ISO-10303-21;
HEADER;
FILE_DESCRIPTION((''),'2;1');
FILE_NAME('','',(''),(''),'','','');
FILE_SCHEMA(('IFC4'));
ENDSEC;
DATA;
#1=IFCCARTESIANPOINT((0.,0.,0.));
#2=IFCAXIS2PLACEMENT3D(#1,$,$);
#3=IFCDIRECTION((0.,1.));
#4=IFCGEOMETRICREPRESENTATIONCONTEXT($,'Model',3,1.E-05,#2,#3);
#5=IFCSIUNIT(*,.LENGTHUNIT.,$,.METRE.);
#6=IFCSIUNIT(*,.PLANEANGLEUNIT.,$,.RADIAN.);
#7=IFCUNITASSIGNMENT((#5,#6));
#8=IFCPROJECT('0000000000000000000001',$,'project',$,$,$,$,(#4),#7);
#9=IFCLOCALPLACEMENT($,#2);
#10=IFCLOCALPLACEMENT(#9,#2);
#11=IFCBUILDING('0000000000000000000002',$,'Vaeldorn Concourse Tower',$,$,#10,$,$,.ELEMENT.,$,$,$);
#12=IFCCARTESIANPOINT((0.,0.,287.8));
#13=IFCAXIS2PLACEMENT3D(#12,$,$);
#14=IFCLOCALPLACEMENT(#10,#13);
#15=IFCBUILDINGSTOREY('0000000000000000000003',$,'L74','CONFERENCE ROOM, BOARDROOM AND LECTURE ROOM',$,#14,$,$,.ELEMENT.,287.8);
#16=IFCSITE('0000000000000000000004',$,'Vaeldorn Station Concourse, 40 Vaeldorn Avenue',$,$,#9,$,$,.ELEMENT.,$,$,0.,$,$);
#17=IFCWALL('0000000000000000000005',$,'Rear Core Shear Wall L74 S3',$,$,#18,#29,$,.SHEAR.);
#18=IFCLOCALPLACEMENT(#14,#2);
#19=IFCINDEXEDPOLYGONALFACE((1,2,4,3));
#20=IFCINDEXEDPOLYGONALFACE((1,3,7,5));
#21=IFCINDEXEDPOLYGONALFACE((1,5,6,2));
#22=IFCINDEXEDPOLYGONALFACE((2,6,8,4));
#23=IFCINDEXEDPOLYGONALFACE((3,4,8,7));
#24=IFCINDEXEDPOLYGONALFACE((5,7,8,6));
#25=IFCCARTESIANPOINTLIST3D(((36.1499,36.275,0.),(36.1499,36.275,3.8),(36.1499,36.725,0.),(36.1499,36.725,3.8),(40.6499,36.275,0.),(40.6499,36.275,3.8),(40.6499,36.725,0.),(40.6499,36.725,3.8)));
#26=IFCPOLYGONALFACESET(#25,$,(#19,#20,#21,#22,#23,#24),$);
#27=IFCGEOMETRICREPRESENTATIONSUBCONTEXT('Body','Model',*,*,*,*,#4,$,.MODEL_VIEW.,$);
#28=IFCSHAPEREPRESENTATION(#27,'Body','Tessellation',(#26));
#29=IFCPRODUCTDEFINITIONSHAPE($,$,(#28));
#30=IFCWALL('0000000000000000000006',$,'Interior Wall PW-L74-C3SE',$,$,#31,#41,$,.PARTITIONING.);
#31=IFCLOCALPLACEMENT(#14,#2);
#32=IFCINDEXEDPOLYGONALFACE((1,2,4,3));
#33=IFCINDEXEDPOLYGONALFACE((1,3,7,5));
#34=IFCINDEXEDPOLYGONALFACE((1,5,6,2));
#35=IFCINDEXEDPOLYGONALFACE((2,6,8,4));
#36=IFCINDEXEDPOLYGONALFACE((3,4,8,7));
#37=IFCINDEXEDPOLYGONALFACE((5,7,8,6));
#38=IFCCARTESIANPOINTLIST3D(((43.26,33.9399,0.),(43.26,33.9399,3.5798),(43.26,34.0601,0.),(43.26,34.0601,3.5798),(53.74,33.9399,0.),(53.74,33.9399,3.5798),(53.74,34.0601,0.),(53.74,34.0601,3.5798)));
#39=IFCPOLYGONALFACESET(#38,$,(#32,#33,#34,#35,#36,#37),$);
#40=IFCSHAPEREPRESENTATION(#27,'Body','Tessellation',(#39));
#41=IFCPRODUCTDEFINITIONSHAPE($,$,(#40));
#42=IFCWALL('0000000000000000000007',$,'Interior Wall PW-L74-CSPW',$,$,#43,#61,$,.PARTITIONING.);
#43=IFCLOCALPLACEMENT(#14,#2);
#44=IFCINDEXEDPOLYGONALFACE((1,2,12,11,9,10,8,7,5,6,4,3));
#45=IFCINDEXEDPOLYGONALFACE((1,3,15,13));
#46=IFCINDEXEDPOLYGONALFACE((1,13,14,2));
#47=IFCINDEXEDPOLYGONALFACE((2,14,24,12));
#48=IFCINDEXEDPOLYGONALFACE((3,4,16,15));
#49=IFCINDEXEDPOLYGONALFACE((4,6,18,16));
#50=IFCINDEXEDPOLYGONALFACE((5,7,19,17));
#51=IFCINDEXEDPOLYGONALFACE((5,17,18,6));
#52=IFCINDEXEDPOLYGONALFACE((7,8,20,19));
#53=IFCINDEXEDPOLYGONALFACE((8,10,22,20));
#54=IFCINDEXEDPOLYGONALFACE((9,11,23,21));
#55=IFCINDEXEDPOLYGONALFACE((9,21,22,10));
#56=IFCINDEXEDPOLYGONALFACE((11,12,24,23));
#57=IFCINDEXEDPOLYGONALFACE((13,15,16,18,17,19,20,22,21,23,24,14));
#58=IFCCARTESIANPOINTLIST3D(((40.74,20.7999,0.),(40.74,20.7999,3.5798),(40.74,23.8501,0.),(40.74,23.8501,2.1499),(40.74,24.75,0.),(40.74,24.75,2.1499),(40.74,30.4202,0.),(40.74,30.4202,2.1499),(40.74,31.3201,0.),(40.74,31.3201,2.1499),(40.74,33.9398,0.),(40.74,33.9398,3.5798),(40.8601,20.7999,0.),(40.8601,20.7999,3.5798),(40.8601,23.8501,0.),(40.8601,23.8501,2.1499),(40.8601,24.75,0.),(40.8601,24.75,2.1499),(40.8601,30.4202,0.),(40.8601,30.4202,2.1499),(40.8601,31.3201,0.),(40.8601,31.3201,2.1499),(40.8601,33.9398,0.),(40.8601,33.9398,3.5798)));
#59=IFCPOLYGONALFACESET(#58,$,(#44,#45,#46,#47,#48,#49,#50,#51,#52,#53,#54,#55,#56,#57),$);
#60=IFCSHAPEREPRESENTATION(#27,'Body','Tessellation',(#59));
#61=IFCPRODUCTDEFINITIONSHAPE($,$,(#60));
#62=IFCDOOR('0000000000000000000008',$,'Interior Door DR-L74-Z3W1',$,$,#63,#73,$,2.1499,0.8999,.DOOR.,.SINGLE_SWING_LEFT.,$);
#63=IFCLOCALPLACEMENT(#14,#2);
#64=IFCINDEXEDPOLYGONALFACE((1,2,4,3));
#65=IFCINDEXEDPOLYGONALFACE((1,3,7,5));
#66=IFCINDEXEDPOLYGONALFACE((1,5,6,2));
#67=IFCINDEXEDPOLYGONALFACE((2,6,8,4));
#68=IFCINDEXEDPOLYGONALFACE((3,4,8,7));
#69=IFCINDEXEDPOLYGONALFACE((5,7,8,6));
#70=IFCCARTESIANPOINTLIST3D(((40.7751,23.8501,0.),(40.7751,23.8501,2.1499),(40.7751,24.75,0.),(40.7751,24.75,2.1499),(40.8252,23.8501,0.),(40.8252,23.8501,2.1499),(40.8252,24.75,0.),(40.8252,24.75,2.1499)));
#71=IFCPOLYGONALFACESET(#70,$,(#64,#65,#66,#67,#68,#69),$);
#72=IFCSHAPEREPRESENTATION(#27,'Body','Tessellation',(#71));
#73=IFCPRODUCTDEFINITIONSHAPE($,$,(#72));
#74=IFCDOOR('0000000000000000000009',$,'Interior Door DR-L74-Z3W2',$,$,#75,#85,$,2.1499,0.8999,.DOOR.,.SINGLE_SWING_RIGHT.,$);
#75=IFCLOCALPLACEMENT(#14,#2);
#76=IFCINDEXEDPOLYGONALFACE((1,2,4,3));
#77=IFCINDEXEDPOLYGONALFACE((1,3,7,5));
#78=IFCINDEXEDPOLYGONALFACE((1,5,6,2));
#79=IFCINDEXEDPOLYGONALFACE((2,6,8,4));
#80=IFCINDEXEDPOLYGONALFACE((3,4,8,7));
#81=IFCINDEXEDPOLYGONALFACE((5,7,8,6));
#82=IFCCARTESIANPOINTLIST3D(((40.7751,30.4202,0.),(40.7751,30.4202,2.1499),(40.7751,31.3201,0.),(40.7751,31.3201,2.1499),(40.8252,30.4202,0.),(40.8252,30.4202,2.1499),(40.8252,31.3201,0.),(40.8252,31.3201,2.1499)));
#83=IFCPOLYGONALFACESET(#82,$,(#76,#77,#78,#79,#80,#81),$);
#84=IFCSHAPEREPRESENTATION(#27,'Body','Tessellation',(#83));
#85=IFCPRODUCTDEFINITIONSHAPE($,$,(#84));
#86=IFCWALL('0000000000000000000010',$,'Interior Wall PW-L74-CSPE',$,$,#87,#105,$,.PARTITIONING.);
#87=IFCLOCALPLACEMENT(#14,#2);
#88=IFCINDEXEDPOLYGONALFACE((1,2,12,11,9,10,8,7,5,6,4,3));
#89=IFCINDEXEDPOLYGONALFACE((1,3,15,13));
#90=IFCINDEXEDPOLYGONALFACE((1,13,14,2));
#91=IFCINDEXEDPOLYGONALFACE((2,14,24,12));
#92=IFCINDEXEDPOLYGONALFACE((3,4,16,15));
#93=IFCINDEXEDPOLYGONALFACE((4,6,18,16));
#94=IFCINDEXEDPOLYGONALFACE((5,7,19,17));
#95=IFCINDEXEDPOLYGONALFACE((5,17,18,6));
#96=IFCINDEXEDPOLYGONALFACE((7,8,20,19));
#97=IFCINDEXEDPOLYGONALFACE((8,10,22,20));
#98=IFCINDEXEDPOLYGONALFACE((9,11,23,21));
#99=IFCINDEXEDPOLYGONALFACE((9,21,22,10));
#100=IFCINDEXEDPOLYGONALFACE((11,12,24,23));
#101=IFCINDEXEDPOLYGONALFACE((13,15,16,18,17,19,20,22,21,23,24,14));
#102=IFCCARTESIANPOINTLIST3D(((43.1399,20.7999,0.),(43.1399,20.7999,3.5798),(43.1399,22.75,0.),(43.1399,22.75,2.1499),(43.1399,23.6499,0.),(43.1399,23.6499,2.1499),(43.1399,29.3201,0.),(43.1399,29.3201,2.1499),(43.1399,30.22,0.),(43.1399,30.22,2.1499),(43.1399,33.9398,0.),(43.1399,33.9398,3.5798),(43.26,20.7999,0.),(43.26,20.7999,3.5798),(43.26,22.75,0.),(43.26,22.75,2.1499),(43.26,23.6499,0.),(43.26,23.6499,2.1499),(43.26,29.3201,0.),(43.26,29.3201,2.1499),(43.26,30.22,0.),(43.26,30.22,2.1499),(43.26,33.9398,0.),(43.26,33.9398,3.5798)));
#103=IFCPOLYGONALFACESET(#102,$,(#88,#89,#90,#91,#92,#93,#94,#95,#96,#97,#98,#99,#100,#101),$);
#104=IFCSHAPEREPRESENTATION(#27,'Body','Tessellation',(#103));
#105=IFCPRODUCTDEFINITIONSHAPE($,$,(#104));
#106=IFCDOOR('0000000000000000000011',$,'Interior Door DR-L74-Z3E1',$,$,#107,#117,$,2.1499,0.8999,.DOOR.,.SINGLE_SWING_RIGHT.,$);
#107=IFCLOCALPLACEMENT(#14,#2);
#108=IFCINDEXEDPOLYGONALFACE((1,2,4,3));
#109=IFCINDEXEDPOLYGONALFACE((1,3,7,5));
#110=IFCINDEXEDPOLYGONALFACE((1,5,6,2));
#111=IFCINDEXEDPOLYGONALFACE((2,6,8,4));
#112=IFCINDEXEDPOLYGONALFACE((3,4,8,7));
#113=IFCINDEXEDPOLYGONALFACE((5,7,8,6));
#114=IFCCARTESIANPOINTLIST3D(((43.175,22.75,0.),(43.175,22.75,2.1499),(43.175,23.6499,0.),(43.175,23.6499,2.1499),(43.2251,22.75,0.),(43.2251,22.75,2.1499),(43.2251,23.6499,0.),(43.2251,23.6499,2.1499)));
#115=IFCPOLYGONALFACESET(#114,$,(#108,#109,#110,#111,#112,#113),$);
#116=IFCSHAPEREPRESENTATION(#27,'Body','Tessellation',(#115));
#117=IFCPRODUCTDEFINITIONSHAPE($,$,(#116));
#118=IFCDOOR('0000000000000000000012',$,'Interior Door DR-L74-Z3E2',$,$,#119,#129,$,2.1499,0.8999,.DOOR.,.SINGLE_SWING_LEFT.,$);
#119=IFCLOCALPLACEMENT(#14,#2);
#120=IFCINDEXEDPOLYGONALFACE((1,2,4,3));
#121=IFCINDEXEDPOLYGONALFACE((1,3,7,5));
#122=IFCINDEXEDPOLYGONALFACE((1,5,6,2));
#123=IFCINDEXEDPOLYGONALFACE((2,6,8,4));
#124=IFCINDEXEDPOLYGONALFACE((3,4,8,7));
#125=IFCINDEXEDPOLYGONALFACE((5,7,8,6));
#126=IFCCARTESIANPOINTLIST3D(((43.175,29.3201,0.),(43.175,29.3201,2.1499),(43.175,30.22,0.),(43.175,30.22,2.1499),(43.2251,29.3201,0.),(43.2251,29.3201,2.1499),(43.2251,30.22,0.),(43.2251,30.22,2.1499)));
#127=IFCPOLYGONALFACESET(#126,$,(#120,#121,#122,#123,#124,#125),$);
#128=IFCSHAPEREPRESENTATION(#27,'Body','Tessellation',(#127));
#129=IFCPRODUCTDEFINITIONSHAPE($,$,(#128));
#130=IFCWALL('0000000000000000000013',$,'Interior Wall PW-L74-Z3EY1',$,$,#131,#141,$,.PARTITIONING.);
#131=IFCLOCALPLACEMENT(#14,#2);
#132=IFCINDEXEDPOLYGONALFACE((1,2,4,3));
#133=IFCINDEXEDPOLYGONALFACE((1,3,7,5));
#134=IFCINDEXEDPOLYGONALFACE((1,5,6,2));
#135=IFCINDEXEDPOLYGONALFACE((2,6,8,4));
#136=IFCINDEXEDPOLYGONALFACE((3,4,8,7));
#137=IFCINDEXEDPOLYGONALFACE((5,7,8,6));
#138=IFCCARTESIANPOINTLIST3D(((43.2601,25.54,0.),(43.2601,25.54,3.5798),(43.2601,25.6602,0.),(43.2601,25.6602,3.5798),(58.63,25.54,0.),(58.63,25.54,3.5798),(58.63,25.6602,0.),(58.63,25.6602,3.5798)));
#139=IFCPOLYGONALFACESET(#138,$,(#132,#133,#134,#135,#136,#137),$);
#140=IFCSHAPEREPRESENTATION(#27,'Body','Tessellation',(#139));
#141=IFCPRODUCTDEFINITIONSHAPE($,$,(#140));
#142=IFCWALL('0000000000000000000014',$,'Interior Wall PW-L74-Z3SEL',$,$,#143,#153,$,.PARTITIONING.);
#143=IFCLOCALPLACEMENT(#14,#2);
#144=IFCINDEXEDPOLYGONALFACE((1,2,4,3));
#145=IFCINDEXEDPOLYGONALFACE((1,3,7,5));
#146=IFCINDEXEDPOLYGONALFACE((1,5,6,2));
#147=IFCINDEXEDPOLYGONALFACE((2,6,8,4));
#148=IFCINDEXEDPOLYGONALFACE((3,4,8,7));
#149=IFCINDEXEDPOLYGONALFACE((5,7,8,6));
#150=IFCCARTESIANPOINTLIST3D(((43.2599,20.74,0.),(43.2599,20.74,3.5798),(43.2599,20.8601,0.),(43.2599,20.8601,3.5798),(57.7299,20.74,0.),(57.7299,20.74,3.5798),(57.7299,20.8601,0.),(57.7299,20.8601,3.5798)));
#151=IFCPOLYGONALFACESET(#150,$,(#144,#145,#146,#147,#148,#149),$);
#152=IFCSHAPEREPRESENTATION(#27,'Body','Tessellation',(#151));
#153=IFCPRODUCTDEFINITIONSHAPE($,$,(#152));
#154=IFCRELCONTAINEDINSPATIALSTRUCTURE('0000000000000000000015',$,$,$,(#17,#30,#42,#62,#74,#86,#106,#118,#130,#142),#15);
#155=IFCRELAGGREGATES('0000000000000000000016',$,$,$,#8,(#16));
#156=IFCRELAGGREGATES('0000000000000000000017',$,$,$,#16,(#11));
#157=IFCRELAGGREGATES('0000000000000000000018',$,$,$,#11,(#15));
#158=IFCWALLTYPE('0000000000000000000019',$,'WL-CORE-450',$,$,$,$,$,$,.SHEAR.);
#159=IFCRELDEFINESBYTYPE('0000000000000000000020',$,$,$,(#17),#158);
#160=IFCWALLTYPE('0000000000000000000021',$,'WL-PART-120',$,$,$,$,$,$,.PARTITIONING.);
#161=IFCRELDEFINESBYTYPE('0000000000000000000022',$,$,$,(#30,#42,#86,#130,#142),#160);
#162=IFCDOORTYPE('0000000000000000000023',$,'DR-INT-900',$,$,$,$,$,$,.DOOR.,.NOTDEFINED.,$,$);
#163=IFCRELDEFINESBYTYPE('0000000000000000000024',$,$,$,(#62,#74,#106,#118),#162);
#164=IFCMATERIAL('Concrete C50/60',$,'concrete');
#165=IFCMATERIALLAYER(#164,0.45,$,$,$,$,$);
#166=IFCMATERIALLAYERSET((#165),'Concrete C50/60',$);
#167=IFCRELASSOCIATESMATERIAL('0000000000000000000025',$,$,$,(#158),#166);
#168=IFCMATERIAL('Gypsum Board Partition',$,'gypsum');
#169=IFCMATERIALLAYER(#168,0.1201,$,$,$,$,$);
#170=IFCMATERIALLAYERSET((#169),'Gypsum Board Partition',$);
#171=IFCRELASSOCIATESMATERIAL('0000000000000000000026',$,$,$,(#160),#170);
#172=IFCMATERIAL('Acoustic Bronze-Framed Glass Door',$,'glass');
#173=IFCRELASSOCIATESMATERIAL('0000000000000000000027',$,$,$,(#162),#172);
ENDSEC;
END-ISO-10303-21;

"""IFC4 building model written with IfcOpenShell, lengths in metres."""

from ifc_helpers import new_model, si_unit, direction, frame, frame_2d, origin, place, context, subcontext, project, spatial, rectangle, extrude, source, transform, mapped, material, layer, layer_set, type_object, element, fill, save


model = new_model("IFC4")

# Units and contexts
model_context = context("Model", 3, precision=1e-05, world=origin(), true_north=direction((0.0, 1.0)))
body_context = subcontext(model_context, "Body", "Model", "MODEL_VIEW")
ifc_project = project(units=[si_unit("LENGTHUNIT", "METRE"), si_unit("PLANEANGLEUNIT", "RADIAN")], contexts=[model_context])

# Site, building, storey
site_placement = place(None, origin())
site = spatial("IfcSite", under=ifc_project, at=site_placement, Name="Vaeldorn Station Concourse, 40 Vaeldorn Avenue", CompositionType="ELEMENT", RefElevation=0.0)
building_placement = place(site_placement, origin())
building = spatial("IfcBuilding", under=site, at=building_placement, Name="Vaeldorn Concourse Tower", CompositionType="ELEMENT")
storey_placement = place(building_placement, frame((0.0, 0.0, 287.8)))
storey = spatial("IfcBuildingStorey", under=building, at=storey_placement, Name="L74", Description="CONFERENCE ROOM, BOARDROOM AND LECTURE ROOM", CompositionType="ELEMENT", Elevation=287.8)

# Walls
ifc_material_1 = material(Name="Concrete C50/60", Category="concrete")
ifc_layer_1 = layer(ifc_material_1, 0.45)
ifc_layer_set_1 = layer_set([ifc_layer_1], Name="Concrete C50/60")
wall_type_1 = type_object("IfcWallType", Name="WL-CORE-450", PredefinedType="SHEAR", material=ifc_layer_set_1)
wall_1_placement = place(storey_placement, frame((36.1499, 36.5, 0.0), z_axis=(0.0, 0.0, 1.0), x_axis=(1.0, 0.0, 0.0)))
element("IfcWall", 1, at=wall_1_placement, inside=storey, type_object=wall_type_1, Name="Rear Core Shear Wall L74 S3", PredefinedType="SHEAR", context=body_context, shape_type="SweptSolid", body=[
    extrude(rectangle(XDim=4.5, YDim=0.45, at=frame_2d((2.25, 0.0))), origin(), (0.0, 0.0, 1.0), 3.8),
])
ifc_material_2 = material(Name="Gypsum Board Partition", Category="gypsum")
ifc_layer_2 = layer(ifc_material_2, 0.1201)
ifc_layer_set_2 = layer_set([ifc_layer_2], Name="Gypsum Board Partition")
wall_type_2 = type_object("IfcWallType", Name="WL-PART-120", PredefinedType="PARTITIONING", material=ifc_layer_set_2)
wall_2_placement = place(storey_placement, frame((43.26, 34.0, 0.0), z_axis=(0.0, 0.0, 1.0), x_axis=(1.0, 0.0, 0.0)))
element("IfcWall", 2, at=wall_2_placement, inside=storey, type_object=wall_type_2, Name="Interior Wall PW-L74-C3SE", PredefinedType="PARTITIONING", context=body_context, shape_type="SweptSolid", body=[
    extrude(rectangle(XDim=10.48, YDim=0.1201, at=frame_2d((5.24, 0.0))), origin(), (0.0, 0.0, 1.0), 3.5798),
])

# Walls, openings, doors
wall_3_placement = place(storey_placement, frame((40.8, 20.8, 0.0), z_axis=(0.0, 0.0, 1.0), x_axis=(0.0, 1.0, 0.0)))
wall_3 = element("IfcWall", 3, at=wall_3_placement, inside=storey, type_object=wall_type_2, Name="Interior Wall PW-L74-CSPW", PredefinedType="PARTITIONING", context=body_context, shape_type="SweptSolid", body=[
    extrude(rectangle(XDim=13.1399, YDim=0.1201, at=frame_2d((6.5698, 0.0))), origin(), (0.0, 0.0, 1.0), 3.5798),
])
opening_1_placement = place(wall_3_placement, frame((3.05, 0.0, 0.0)))
opening_1 = element("IfcOpeningElement", 4, at=opening_1_placement, cuts=wall_3, PredefinedType="OPENING", context=body_context, shape_type="SweptSolid", body=[
    extrude(rectangle(XDim=0.8999, YDim=2.1499, at=frame_2d((0.45, 1.075))), frame((0.0, 0.0701, 0.0), z_axis=(0.0, -1.0, 0.0), x_axis=(1.0, 0.0, 0.0)), (0.0, 0.0, 1.0), 0.1401),
])
opening_2_placement = place(wall_3_placement, frame((9.6201, 0.0, 0.0)))
opening_2 = element("IfcOpeningElement", 5, at=opening_2_placement, cuts=wall_3, PredefinedType="OPENING", context=body_context, shape_type="SweptSolid", body=[
    extrude(rectangle(XDim=0.8999, YDim=2.1499, at=frame_2d((0.45, 1.075))), frame((0.0, 0.0701, 0.0), z_axis=(0.0, -1.0, 0.0), x_axis=(1.0, 0.0, 0.0)), (0.0, 0.0, 1.0), 0.1401),
])
ifc_material_3 = material(Name="Acoustic Bronze-Framed Glass Door", Category="glass")
door_type_1 = type_object("IfcDoorType", Name="DR-INT-900", OperationType="NOTDEFINED", PredefinedType="DOOR", material=ifc_material_3)
shared_shape_1 = source(origin(), body_context, "Body", "SweptSolid", [
    extrude(rectangle(XDim=0.8999, YDim=2.1499, at=frame_2d((0.45, 1.075))), frame((0.0, 0.0249, 0.0), z_axis=(0.0, -1.0, 0.0), x_axis=(1.0, 0.0, 0.0)), (0.0, 0.0, 1.0), 0.05),
])
door_1_placement = place(opening_1_placement, origin())
door_1 = element("IfcDoor", 6, at=door_1_placement, inside=storey, type_object=door_type_1, Name="Interior Door DR-L74-Z3W1", OperationType="SINGLE_SWING_LEFT", OverallHeight=2.1499, OverallWidth=0.8999, PredefinedType="DOOR", context=body_context, shape_type="MappedRepresentation", body=[
    mapped(shared_shape_1, transform((0.0, 0.0, 0.0), scale=1.0)),
])
fill(opening_1, door_1)
door_2_placement = place(opening_2_placement, origin())
door_2 = element("IfcDoor", 7, at=door_2_placement, inside=storey, type_object=door_type_1, Name="Interior Door DR-L74-Z3W2", OperationType="SINGLE_SWING_RIGHT", OverallHeight=2.1499, OverallWidth=0.8999, PredefinedType="DOOR", context=body_context, shape_type="MappedRepresentation", body=[
    mapped(shared_shape_1, transform((0.0, 0.0, 0.0), scale=1.0)),
])
fill(opening_2, door_2)
wall_4_placement = place(storey_placement, frame((43.2, 20.8, 0.0), z_axis=(0.0, 0.0, 1.0), x_axis=(0.0, 1.0, 0.0)))
wall_4 = element("IfcWall", 8, at=wall_4_placement, inside=storey, type_object=wall_type_2, Name="Interior Wall PW-L74-CSPE", PredefinedType="PARTITIONING", context=body_context, shape_type="SweptSolid", body=[
    extrude(rectangle(XDim=13.1399, YDim=0.1201, at=frame_2d((6.5698, 0.0))), origin(), (0.0, 0.0, 1.0), 3.5798),
])
opening_3_placement = place(wall_4_placement, frame((1.95, 0.0, 0.0)))
opening_3 = element("IfcOpeningElement", 9, at=opening_3_placement, cuts=wall_4, PredefinedType="OPENING", context=body_context, shape_type="SweptSolid", body=[
    extrude(rectangle(XDim=0.8999, YDim=2.1499, at=frame_2d((0.45, 1.075))), frame((0.0, 0.0701, 0.0), z_axis=(0.0, -1.0, 0.0), x_axis=(1.0, 0.0, 0.0)), (0.0, 0.0, 1.0), 0.1401),
])
opening_4_placement = place(wall_4_placement, frame((8.52, 0.0, 0.0)))
opening_4 = element("IfcOpeningElement", 10, at=opening_4_placement, cuts=wall_4, PredefinedType="OPENING", context=body_context, shape_type="SweptSolid", body=[
    extrude(rectangle(XDim=0.8999, YDim=2.1499, at=frame_2d((0.45, 1.075))), frame((0.0, 0.0701, 0.0), z_axis=(0.0, -1.0, 0.0), x_axis=(1.0, 0.0, 0.0)), (0.0, 0.0, 1.0), 0.1401),
])
door_3_placement = place(opening_3_placement, origin())
door_3 = element("IfcDoor", 11, at=door_3_placement, inside=storey, type_object=door_type_1, Name="Interior Door DR-L74-Z3E1", OperationType="SINGLE_SWING_RIGHT", OverallHeight=2.1499, OverallWidth=0.8999, PredefinedType="DOOR", context=body_context, shape_type="MappedRepresentation", body=[
    mapped(shared_shape_1, transform((0.0, 0.0, 0.0), scale=1.0)),
])
fill(opening_3, door_3)
door_4_placement = place(opening_4_placement, origin())
door_4 = element("IfcDoor", 12, at=door_4_placement, inside=storey, type_object=door_type_1, Name="Interior Door DR-L74-Z3E2", OperationType="SINGLE_SWING_LEFT", OverallHeight=2.1499, OverallWidth=0.8999, PredefinedType="DOOR", context=body_context, shape_type="MappedRepresentation", body=[
    mapped(shared_shape_1, transform((0.0, 0.0, 0.0), scale=1.0)),
])
fill(opening_4, door_4)

# Walls
wall_5_placement = place(storey_placement, frame((43.26, 25.6001, 0.0), z_axis=(0.0, 0.0, 1.0), x_axis=(1.0, 0.0, 0.0)))
element("IfcWall", 13, at=wall_5_placement, inside=storey, type_object=wall_type_2, Name="Interior Wall PW-L74-Z3EY1", PredefinedType="PARTITIONING", context=body_context, shape_type="SweptSolid", body=[
    extrude(rectangle(XDim=15.3699, YDim=0.1201, at=frame_2d((7.6851, 0.0))), origin(), (0.0, 0.0, 1.0), 3.5798),
])
wall_6_placement = place(storey_placement, frame((43.26, 20.8, 0.0), z_axis=(0.0, 0.0, 1.0), x_axis=(1.0, 0.0, 0.0)))
element("IfcWall", 14, at=wall_6_placement, inside=storey, type_object=wall_type_2, Name="Interior Wall PW-L74-Z3SEL", PredefinedType="PARTITIONING", context=body_context, shape_type="SweptSolid", body=[
    extrude(rectangle(XDim=14.47, YDim=0.1201, at=frame_2d((7.2349, 0.0))), origin(), (0.0, 0.0, 1.0), 3.5798),
])

save(model, "model.ifc")
